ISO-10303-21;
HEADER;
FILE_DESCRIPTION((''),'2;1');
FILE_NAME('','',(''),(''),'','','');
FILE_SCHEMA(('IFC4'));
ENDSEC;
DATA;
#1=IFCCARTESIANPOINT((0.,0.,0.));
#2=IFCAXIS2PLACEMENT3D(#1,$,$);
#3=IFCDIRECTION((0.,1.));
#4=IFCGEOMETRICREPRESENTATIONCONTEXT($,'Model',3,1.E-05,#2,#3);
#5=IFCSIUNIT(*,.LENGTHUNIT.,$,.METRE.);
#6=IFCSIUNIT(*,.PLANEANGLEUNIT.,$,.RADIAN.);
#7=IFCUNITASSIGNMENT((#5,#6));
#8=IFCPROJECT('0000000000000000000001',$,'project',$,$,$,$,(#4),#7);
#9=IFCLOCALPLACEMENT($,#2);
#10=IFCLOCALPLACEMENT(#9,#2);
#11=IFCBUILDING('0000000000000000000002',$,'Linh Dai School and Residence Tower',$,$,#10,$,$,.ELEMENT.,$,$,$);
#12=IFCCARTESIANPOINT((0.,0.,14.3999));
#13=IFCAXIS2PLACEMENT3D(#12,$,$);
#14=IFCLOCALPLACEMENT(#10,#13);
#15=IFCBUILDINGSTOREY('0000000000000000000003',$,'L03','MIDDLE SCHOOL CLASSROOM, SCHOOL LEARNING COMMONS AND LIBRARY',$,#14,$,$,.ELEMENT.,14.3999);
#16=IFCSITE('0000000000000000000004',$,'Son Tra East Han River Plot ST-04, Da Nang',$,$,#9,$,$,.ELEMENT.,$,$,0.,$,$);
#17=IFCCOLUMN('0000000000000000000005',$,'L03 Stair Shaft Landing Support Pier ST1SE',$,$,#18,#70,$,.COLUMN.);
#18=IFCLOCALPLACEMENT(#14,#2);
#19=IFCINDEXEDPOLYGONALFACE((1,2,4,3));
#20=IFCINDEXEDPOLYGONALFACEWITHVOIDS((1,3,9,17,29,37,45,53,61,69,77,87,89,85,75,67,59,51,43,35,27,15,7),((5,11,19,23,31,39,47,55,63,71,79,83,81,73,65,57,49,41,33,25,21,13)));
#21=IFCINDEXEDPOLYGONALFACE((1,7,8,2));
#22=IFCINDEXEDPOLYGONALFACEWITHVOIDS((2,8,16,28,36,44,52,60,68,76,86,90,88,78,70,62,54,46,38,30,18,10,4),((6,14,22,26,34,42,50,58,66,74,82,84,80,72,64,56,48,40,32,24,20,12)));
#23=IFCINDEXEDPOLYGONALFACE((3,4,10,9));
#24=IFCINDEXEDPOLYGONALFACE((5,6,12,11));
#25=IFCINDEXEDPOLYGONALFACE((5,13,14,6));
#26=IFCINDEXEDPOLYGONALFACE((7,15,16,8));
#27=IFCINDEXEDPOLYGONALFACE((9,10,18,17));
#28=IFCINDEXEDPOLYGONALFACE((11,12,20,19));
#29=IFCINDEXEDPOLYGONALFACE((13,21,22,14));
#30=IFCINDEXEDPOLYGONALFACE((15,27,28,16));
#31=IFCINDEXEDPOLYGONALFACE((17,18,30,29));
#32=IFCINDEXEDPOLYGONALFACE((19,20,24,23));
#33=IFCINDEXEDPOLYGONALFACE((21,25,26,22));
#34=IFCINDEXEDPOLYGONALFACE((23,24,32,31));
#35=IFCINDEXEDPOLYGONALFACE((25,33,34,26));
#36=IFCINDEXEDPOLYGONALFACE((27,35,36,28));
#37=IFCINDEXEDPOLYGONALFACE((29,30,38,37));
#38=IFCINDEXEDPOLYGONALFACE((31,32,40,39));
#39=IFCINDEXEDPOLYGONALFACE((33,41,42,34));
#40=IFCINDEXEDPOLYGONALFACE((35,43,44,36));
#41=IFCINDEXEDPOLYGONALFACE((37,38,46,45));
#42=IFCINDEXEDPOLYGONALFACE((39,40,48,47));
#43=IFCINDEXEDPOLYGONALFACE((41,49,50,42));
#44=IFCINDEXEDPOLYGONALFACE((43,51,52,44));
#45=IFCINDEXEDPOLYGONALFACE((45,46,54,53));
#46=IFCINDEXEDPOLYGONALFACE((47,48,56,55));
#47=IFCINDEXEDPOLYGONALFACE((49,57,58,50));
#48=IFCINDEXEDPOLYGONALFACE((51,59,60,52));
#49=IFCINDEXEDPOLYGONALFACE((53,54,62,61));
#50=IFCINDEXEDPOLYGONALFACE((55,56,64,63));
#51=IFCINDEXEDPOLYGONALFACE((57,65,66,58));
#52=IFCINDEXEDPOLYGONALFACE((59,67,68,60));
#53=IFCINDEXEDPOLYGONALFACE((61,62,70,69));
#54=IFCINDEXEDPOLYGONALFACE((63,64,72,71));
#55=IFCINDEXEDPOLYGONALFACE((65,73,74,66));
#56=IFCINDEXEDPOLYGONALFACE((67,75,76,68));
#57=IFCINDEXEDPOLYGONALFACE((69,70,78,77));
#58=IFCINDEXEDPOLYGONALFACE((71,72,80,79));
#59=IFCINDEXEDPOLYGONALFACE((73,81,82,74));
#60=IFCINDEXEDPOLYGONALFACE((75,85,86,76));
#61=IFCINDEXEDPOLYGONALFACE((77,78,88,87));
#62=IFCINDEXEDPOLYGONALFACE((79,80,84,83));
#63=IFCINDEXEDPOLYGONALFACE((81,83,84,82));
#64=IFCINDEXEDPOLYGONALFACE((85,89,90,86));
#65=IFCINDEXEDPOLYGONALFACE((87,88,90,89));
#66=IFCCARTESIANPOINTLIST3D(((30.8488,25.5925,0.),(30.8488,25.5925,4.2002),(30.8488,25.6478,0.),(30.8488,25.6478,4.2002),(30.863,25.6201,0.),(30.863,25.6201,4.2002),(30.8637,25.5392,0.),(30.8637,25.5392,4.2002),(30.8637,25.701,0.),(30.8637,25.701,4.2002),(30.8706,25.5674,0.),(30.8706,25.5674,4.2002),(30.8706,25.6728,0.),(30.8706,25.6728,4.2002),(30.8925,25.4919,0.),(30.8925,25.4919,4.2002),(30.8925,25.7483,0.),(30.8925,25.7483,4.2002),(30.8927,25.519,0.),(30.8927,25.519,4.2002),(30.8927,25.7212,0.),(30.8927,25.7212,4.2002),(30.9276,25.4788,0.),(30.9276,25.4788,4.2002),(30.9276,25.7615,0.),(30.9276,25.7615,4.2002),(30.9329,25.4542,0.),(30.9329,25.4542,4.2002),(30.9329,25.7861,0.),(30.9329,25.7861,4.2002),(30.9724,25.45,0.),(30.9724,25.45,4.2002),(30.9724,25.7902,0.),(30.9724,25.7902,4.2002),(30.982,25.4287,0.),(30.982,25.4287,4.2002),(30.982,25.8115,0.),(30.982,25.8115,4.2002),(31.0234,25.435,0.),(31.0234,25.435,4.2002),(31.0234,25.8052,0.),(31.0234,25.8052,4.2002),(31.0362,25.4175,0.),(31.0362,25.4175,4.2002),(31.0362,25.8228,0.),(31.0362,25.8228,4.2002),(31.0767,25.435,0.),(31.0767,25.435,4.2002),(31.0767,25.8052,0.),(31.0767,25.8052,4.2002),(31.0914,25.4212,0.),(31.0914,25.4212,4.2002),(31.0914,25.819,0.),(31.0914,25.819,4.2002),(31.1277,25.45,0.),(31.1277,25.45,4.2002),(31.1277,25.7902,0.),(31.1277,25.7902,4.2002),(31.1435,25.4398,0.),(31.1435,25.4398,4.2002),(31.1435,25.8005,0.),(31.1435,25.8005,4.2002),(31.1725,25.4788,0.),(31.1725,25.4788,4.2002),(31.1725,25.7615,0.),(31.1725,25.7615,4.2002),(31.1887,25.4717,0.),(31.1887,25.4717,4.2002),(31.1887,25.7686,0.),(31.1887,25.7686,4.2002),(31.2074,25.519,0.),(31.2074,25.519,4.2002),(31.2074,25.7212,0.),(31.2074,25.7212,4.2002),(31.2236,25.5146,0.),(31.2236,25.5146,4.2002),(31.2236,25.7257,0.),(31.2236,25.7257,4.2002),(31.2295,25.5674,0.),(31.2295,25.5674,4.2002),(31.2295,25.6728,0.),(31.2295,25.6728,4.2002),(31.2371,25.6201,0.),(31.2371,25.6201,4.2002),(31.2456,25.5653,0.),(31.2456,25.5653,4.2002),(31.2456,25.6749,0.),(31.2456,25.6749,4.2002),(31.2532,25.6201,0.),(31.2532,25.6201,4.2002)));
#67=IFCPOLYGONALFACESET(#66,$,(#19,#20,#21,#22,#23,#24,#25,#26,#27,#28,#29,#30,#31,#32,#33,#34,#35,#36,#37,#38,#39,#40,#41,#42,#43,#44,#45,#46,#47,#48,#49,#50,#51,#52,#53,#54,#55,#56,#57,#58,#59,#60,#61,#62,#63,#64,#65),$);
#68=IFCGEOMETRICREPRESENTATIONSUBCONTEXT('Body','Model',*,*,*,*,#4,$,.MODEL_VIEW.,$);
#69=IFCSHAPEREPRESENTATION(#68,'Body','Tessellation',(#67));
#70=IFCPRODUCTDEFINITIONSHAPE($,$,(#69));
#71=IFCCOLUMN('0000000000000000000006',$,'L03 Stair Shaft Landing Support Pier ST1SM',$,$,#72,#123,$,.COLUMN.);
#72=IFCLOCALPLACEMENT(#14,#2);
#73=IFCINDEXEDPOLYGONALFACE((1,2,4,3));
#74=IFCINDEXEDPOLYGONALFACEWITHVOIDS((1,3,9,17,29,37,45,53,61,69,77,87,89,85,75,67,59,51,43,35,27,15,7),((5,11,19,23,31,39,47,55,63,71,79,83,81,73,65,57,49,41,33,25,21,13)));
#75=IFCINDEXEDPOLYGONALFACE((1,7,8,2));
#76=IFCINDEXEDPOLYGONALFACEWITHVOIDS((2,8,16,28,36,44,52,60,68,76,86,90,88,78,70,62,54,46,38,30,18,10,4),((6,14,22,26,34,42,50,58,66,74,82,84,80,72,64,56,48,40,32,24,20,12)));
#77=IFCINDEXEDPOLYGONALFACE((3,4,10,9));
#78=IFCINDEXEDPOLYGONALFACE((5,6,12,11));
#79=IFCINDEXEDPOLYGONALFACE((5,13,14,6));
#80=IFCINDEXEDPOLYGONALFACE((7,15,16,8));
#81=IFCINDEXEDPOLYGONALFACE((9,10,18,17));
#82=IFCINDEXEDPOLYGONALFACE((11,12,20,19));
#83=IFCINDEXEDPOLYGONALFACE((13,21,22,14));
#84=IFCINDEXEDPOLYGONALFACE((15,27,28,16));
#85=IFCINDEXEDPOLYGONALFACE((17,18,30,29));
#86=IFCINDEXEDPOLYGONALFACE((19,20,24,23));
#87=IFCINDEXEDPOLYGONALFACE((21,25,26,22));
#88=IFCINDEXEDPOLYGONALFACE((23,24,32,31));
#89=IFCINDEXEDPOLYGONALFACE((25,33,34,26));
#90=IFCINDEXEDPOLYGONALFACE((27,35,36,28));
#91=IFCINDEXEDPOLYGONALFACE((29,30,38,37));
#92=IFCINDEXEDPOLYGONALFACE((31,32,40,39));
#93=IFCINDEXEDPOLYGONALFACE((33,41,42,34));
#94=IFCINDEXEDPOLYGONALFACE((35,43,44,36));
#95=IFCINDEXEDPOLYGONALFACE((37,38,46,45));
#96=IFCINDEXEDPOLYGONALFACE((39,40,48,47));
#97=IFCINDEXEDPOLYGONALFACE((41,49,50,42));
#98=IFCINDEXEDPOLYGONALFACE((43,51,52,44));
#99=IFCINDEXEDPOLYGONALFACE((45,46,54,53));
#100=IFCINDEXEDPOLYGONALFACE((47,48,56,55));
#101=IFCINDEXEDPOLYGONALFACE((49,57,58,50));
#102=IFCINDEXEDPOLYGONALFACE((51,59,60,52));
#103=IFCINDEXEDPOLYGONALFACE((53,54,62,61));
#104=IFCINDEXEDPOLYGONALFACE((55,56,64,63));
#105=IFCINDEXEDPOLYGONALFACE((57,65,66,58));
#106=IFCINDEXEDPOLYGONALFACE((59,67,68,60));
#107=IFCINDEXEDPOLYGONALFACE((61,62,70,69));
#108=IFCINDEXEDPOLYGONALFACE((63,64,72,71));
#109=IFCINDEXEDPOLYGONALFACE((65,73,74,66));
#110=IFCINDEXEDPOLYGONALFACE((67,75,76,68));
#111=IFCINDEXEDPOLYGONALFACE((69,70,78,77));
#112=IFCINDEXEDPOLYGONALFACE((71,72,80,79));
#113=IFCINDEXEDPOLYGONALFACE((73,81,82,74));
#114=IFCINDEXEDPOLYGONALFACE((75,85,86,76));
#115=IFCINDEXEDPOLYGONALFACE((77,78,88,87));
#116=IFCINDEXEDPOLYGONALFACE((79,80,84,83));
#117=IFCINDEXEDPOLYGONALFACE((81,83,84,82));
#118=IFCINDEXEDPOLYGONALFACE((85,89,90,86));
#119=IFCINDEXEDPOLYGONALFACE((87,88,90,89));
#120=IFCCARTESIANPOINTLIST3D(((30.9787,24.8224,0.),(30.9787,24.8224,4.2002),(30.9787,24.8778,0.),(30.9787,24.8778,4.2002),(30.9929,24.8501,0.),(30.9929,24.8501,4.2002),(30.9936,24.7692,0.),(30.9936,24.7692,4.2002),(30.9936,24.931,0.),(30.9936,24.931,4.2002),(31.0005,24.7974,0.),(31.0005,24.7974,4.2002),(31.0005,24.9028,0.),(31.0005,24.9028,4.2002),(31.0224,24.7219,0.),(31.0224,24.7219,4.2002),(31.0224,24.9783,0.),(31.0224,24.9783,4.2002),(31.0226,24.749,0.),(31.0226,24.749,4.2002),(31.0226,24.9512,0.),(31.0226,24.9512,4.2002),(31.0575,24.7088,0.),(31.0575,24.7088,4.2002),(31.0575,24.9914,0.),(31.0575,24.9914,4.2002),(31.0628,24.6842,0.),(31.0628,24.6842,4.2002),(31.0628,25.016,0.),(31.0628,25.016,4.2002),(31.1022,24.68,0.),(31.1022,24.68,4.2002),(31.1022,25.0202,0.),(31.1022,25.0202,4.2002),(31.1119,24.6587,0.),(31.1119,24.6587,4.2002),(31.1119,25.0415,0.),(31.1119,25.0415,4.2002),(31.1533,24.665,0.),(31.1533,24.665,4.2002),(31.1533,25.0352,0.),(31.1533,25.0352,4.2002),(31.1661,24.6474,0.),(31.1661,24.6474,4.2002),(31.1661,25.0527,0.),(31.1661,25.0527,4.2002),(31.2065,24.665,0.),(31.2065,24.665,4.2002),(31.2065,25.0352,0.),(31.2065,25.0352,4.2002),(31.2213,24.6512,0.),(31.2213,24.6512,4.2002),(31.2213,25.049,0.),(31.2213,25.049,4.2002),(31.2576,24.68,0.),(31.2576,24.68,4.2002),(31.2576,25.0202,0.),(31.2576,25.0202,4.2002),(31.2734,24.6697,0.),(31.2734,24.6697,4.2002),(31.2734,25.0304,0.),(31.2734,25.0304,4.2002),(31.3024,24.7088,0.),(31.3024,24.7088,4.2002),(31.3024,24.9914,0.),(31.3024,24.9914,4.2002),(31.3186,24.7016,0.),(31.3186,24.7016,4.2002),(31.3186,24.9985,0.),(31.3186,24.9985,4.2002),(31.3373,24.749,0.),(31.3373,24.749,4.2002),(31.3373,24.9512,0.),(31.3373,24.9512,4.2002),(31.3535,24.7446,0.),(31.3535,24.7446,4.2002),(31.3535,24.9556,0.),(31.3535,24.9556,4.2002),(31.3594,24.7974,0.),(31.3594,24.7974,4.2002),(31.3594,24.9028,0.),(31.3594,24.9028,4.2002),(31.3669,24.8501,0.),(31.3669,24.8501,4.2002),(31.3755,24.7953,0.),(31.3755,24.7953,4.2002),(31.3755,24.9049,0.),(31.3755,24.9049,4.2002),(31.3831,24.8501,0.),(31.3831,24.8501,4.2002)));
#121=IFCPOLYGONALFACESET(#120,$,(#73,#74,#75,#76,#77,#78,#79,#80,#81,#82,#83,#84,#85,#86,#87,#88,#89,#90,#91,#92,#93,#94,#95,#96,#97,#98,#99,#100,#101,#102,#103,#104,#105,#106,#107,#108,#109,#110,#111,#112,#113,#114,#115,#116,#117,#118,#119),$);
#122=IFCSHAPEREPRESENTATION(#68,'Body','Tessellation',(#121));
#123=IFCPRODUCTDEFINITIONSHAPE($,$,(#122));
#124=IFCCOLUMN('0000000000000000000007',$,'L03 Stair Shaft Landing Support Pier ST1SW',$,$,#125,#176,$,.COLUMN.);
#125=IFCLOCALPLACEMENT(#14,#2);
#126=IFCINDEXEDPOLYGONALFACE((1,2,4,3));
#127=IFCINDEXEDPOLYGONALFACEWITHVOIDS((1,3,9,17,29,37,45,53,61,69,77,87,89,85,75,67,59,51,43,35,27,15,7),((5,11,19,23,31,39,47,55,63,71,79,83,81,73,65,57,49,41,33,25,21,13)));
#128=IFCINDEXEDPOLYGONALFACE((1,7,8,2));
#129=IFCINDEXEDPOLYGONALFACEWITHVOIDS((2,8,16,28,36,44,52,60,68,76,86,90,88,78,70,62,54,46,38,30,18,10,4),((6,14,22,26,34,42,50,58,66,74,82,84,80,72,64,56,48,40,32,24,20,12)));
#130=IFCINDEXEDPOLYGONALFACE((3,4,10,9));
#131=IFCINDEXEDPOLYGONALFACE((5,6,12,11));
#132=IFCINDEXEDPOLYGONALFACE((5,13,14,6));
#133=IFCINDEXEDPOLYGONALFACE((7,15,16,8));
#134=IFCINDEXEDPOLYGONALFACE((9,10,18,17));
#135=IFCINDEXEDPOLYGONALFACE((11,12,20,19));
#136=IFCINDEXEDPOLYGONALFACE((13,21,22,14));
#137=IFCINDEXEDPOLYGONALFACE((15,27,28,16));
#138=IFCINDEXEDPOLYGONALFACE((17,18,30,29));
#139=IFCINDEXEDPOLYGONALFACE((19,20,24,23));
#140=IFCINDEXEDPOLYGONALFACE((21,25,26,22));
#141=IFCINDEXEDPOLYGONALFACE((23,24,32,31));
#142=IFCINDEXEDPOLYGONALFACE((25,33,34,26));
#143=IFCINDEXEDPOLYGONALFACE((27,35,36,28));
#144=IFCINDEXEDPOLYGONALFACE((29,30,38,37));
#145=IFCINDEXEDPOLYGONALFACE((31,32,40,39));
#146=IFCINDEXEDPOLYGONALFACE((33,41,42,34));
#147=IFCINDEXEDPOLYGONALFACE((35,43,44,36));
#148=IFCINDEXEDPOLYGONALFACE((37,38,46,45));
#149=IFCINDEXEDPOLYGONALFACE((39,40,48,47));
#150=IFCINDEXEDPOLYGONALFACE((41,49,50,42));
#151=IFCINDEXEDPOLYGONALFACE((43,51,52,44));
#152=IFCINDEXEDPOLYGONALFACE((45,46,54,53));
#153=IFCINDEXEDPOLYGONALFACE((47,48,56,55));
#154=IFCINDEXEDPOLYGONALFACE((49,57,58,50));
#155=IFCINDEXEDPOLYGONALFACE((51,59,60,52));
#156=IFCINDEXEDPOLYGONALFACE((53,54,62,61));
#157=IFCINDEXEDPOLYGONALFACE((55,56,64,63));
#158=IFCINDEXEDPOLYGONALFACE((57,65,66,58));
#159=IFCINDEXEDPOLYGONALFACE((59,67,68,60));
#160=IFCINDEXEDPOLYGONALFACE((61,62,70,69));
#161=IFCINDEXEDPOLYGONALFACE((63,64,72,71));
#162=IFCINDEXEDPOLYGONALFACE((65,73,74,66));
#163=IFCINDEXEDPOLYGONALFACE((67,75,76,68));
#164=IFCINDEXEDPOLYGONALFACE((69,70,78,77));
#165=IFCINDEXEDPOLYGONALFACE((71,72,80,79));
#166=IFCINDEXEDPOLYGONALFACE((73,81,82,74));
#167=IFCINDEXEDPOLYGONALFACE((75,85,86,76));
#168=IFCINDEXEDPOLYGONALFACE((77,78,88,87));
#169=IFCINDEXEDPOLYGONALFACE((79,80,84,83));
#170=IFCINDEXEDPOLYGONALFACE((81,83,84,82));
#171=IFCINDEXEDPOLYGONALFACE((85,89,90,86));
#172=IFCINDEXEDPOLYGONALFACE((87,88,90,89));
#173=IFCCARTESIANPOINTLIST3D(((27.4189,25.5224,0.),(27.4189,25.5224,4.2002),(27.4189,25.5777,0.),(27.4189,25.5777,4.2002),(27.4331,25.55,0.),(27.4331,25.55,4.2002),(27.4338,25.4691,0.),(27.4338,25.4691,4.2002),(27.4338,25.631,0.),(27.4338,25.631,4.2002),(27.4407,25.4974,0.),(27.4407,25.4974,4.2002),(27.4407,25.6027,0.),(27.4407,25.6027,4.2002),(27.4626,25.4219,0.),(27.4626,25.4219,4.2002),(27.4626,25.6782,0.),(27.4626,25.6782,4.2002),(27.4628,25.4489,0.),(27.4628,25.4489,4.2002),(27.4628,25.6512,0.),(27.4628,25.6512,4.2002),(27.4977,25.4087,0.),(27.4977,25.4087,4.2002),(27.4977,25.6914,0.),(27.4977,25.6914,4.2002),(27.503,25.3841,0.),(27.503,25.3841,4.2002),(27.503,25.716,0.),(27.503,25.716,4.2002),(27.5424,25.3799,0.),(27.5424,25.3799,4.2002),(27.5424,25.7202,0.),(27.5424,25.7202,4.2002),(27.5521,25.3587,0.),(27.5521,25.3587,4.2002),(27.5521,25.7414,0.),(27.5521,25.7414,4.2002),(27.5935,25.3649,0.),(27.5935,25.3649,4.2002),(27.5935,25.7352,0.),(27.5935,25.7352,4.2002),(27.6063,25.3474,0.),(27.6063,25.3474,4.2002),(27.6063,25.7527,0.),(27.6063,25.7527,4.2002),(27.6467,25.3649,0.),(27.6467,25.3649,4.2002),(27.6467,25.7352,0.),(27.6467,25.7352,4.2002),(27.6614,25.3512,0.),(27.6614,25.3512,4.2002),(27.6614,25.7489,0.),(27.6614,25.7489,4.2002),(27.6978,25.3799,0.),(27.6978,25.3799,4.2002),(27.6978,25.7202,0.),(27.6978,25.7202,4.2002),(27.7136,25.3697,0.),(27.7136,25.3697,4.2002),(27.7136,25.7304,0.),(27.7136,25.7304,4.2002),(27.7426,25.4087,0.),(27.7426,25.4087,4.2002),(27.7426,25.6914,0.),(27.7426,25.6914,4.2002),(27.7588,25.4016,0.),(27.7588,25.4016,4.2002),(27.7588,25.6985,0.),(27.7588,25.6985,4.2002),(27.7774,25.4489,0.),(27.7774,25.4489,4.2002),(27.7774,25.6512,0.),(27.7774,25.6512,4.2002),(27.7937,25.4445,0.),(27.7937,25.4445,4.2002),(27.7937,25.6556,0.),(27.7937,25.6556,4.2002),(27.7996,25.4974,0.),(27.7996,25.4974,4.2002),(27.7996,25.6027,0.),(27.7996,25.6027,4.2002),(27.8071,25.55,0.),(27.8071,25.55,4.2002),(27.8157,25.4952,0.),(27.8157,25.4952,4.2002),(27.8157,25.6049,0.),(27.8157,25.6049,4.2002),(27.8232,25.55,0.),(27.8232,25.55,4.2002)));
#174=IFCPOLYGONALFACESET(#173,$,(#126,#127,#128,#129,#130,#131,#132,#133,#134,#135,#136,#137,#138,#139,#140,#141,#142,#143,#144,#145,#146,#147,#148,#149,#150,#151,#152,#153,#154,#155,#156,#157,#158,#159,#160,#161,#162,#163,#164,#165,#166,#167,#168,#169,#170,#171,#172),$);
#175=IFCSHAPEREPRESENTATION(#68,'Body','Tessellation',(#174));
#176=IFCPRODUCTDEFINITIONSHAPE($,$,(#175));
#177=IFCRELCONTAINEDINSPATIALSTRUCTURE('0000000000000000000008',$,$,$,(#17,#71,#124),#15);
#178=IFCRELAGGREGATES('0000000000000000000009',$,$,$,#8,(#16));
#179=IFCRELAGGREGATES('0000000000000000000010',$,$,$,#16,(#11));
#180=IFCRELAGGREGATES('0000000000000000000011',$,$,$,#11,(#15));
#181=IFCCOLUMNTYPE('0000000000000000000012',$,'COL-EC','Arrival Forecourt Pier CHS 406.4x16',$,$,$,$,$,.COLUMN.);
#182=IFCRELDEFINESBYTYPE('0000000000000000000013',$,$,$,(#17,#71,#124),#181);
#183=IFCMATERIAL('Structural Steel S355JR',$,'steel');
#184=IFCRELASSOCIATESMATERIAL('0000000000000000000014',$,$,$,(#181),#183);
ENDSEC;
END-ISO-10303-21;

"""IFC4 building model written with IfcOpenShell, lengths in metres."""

from ifc_helpers import new_model, si_unit, direction, frame, origin, origin_2d, place, context, subcontext, project, spatial, hollow_circle, extrude, material, material_profile, profile_set, type_object, element, save


model = new_model("IFC4")

# Units and contexts
model_context = context("Model", 3, precision=1e-05, world=origin(), true_north=direction((0.0, 1.0)))
body_context = subcontext(model_context, "Body", "Model", "MODEL_VIEW")
ifc_project = project(units=[si_unit("LENGTHUNIT", "METRE"), si_unit("PLANEANGLEUNIT", "RADIAN")], contexts=[model_context])

# Site, building, storey
site_placement = place(None, origin())
site = spatial("IfcSite", under=ifc_project, at=site_placement, Name="Son Tra East Han River Plot ST-04, Da Nang", CompositionType="ELEMENT", RefElevation=0.0)
building_placement = place(site_placement, origin())
building = spatial("IfcBuilding", under=site, at=building_placement, Name="Linh Dai School and Residence Tower", CompositionType="ELEMENT")
storey_placement = place(building_placement, frame((0.0, 0.0, 14.3999)))
storey = spatial("IfcBuildingStorey", under=building, at=storey_placement, Name="L03", Description="MIDDLE SCHOOL CLASSROOM, SCHOOL LEARNING COMMONS AND LIBRARY", CompositionType="ELEMENT", Elevation=14.3999)

# Columns
ifc_material_1 = material(Name="Structural Steel S355JR", Category="steel")
ifc_material_profile_1 = material_profile(ifc_material_1, hollow_circle(Radius=0.2031, WallThickness=0.0161, at=origin_2d()), Name="CHS 406.4x16")
ifc_profile_set_1 = profile_set([ifc_material_profile_1], Name="Structural Steel S355JR")
column_type = type_object("IfcColumnType", Name="COL-EC", Description="Arrival Forecourt Pier CHS 406.4x16", PredefinedType="COLUMN", material=ifc_profile_set_1)
for number, where, z_axis, x_axis, name in (
    (1, (31.05, 25.6201, 0.0), (0.0, 0.0, 1.0), (1.0, 0.0, 0.0), "L03 Stair Shaft Landing Support Pier ST1SE"),
    (2, (31.1799, 24.8501, 0.0), (0.0, 0.0, 1.0), (1.0, 0.0, 0.0), "L03 Stair Shaft Landing Support Pier ST1SM"),
    (3, (27.6201, 25.55, 0.0), (0.0, 0.0, 1.0), (1.0, 0.0, 0.0), "L03 Stair Shaft Landing Support Pier ST1SW"),
):
    element("IfcColumn", number, at=place(storey_placement, frame(where, z_axis=z_axis, x_axis=x_axis)), inside=storey, type_object=column_type, Name=name, PredefinedType="COLUMN", context=body_context, shape_type="SweptSolid", body=[
        extrude(hollow_circle(Radius=0.2031, WallThickness=0.0161, at=origin_2d()), origin(), (0.0, 0.0, 1.0), 4.2002),
    ])

save(model, "model.ifc")
